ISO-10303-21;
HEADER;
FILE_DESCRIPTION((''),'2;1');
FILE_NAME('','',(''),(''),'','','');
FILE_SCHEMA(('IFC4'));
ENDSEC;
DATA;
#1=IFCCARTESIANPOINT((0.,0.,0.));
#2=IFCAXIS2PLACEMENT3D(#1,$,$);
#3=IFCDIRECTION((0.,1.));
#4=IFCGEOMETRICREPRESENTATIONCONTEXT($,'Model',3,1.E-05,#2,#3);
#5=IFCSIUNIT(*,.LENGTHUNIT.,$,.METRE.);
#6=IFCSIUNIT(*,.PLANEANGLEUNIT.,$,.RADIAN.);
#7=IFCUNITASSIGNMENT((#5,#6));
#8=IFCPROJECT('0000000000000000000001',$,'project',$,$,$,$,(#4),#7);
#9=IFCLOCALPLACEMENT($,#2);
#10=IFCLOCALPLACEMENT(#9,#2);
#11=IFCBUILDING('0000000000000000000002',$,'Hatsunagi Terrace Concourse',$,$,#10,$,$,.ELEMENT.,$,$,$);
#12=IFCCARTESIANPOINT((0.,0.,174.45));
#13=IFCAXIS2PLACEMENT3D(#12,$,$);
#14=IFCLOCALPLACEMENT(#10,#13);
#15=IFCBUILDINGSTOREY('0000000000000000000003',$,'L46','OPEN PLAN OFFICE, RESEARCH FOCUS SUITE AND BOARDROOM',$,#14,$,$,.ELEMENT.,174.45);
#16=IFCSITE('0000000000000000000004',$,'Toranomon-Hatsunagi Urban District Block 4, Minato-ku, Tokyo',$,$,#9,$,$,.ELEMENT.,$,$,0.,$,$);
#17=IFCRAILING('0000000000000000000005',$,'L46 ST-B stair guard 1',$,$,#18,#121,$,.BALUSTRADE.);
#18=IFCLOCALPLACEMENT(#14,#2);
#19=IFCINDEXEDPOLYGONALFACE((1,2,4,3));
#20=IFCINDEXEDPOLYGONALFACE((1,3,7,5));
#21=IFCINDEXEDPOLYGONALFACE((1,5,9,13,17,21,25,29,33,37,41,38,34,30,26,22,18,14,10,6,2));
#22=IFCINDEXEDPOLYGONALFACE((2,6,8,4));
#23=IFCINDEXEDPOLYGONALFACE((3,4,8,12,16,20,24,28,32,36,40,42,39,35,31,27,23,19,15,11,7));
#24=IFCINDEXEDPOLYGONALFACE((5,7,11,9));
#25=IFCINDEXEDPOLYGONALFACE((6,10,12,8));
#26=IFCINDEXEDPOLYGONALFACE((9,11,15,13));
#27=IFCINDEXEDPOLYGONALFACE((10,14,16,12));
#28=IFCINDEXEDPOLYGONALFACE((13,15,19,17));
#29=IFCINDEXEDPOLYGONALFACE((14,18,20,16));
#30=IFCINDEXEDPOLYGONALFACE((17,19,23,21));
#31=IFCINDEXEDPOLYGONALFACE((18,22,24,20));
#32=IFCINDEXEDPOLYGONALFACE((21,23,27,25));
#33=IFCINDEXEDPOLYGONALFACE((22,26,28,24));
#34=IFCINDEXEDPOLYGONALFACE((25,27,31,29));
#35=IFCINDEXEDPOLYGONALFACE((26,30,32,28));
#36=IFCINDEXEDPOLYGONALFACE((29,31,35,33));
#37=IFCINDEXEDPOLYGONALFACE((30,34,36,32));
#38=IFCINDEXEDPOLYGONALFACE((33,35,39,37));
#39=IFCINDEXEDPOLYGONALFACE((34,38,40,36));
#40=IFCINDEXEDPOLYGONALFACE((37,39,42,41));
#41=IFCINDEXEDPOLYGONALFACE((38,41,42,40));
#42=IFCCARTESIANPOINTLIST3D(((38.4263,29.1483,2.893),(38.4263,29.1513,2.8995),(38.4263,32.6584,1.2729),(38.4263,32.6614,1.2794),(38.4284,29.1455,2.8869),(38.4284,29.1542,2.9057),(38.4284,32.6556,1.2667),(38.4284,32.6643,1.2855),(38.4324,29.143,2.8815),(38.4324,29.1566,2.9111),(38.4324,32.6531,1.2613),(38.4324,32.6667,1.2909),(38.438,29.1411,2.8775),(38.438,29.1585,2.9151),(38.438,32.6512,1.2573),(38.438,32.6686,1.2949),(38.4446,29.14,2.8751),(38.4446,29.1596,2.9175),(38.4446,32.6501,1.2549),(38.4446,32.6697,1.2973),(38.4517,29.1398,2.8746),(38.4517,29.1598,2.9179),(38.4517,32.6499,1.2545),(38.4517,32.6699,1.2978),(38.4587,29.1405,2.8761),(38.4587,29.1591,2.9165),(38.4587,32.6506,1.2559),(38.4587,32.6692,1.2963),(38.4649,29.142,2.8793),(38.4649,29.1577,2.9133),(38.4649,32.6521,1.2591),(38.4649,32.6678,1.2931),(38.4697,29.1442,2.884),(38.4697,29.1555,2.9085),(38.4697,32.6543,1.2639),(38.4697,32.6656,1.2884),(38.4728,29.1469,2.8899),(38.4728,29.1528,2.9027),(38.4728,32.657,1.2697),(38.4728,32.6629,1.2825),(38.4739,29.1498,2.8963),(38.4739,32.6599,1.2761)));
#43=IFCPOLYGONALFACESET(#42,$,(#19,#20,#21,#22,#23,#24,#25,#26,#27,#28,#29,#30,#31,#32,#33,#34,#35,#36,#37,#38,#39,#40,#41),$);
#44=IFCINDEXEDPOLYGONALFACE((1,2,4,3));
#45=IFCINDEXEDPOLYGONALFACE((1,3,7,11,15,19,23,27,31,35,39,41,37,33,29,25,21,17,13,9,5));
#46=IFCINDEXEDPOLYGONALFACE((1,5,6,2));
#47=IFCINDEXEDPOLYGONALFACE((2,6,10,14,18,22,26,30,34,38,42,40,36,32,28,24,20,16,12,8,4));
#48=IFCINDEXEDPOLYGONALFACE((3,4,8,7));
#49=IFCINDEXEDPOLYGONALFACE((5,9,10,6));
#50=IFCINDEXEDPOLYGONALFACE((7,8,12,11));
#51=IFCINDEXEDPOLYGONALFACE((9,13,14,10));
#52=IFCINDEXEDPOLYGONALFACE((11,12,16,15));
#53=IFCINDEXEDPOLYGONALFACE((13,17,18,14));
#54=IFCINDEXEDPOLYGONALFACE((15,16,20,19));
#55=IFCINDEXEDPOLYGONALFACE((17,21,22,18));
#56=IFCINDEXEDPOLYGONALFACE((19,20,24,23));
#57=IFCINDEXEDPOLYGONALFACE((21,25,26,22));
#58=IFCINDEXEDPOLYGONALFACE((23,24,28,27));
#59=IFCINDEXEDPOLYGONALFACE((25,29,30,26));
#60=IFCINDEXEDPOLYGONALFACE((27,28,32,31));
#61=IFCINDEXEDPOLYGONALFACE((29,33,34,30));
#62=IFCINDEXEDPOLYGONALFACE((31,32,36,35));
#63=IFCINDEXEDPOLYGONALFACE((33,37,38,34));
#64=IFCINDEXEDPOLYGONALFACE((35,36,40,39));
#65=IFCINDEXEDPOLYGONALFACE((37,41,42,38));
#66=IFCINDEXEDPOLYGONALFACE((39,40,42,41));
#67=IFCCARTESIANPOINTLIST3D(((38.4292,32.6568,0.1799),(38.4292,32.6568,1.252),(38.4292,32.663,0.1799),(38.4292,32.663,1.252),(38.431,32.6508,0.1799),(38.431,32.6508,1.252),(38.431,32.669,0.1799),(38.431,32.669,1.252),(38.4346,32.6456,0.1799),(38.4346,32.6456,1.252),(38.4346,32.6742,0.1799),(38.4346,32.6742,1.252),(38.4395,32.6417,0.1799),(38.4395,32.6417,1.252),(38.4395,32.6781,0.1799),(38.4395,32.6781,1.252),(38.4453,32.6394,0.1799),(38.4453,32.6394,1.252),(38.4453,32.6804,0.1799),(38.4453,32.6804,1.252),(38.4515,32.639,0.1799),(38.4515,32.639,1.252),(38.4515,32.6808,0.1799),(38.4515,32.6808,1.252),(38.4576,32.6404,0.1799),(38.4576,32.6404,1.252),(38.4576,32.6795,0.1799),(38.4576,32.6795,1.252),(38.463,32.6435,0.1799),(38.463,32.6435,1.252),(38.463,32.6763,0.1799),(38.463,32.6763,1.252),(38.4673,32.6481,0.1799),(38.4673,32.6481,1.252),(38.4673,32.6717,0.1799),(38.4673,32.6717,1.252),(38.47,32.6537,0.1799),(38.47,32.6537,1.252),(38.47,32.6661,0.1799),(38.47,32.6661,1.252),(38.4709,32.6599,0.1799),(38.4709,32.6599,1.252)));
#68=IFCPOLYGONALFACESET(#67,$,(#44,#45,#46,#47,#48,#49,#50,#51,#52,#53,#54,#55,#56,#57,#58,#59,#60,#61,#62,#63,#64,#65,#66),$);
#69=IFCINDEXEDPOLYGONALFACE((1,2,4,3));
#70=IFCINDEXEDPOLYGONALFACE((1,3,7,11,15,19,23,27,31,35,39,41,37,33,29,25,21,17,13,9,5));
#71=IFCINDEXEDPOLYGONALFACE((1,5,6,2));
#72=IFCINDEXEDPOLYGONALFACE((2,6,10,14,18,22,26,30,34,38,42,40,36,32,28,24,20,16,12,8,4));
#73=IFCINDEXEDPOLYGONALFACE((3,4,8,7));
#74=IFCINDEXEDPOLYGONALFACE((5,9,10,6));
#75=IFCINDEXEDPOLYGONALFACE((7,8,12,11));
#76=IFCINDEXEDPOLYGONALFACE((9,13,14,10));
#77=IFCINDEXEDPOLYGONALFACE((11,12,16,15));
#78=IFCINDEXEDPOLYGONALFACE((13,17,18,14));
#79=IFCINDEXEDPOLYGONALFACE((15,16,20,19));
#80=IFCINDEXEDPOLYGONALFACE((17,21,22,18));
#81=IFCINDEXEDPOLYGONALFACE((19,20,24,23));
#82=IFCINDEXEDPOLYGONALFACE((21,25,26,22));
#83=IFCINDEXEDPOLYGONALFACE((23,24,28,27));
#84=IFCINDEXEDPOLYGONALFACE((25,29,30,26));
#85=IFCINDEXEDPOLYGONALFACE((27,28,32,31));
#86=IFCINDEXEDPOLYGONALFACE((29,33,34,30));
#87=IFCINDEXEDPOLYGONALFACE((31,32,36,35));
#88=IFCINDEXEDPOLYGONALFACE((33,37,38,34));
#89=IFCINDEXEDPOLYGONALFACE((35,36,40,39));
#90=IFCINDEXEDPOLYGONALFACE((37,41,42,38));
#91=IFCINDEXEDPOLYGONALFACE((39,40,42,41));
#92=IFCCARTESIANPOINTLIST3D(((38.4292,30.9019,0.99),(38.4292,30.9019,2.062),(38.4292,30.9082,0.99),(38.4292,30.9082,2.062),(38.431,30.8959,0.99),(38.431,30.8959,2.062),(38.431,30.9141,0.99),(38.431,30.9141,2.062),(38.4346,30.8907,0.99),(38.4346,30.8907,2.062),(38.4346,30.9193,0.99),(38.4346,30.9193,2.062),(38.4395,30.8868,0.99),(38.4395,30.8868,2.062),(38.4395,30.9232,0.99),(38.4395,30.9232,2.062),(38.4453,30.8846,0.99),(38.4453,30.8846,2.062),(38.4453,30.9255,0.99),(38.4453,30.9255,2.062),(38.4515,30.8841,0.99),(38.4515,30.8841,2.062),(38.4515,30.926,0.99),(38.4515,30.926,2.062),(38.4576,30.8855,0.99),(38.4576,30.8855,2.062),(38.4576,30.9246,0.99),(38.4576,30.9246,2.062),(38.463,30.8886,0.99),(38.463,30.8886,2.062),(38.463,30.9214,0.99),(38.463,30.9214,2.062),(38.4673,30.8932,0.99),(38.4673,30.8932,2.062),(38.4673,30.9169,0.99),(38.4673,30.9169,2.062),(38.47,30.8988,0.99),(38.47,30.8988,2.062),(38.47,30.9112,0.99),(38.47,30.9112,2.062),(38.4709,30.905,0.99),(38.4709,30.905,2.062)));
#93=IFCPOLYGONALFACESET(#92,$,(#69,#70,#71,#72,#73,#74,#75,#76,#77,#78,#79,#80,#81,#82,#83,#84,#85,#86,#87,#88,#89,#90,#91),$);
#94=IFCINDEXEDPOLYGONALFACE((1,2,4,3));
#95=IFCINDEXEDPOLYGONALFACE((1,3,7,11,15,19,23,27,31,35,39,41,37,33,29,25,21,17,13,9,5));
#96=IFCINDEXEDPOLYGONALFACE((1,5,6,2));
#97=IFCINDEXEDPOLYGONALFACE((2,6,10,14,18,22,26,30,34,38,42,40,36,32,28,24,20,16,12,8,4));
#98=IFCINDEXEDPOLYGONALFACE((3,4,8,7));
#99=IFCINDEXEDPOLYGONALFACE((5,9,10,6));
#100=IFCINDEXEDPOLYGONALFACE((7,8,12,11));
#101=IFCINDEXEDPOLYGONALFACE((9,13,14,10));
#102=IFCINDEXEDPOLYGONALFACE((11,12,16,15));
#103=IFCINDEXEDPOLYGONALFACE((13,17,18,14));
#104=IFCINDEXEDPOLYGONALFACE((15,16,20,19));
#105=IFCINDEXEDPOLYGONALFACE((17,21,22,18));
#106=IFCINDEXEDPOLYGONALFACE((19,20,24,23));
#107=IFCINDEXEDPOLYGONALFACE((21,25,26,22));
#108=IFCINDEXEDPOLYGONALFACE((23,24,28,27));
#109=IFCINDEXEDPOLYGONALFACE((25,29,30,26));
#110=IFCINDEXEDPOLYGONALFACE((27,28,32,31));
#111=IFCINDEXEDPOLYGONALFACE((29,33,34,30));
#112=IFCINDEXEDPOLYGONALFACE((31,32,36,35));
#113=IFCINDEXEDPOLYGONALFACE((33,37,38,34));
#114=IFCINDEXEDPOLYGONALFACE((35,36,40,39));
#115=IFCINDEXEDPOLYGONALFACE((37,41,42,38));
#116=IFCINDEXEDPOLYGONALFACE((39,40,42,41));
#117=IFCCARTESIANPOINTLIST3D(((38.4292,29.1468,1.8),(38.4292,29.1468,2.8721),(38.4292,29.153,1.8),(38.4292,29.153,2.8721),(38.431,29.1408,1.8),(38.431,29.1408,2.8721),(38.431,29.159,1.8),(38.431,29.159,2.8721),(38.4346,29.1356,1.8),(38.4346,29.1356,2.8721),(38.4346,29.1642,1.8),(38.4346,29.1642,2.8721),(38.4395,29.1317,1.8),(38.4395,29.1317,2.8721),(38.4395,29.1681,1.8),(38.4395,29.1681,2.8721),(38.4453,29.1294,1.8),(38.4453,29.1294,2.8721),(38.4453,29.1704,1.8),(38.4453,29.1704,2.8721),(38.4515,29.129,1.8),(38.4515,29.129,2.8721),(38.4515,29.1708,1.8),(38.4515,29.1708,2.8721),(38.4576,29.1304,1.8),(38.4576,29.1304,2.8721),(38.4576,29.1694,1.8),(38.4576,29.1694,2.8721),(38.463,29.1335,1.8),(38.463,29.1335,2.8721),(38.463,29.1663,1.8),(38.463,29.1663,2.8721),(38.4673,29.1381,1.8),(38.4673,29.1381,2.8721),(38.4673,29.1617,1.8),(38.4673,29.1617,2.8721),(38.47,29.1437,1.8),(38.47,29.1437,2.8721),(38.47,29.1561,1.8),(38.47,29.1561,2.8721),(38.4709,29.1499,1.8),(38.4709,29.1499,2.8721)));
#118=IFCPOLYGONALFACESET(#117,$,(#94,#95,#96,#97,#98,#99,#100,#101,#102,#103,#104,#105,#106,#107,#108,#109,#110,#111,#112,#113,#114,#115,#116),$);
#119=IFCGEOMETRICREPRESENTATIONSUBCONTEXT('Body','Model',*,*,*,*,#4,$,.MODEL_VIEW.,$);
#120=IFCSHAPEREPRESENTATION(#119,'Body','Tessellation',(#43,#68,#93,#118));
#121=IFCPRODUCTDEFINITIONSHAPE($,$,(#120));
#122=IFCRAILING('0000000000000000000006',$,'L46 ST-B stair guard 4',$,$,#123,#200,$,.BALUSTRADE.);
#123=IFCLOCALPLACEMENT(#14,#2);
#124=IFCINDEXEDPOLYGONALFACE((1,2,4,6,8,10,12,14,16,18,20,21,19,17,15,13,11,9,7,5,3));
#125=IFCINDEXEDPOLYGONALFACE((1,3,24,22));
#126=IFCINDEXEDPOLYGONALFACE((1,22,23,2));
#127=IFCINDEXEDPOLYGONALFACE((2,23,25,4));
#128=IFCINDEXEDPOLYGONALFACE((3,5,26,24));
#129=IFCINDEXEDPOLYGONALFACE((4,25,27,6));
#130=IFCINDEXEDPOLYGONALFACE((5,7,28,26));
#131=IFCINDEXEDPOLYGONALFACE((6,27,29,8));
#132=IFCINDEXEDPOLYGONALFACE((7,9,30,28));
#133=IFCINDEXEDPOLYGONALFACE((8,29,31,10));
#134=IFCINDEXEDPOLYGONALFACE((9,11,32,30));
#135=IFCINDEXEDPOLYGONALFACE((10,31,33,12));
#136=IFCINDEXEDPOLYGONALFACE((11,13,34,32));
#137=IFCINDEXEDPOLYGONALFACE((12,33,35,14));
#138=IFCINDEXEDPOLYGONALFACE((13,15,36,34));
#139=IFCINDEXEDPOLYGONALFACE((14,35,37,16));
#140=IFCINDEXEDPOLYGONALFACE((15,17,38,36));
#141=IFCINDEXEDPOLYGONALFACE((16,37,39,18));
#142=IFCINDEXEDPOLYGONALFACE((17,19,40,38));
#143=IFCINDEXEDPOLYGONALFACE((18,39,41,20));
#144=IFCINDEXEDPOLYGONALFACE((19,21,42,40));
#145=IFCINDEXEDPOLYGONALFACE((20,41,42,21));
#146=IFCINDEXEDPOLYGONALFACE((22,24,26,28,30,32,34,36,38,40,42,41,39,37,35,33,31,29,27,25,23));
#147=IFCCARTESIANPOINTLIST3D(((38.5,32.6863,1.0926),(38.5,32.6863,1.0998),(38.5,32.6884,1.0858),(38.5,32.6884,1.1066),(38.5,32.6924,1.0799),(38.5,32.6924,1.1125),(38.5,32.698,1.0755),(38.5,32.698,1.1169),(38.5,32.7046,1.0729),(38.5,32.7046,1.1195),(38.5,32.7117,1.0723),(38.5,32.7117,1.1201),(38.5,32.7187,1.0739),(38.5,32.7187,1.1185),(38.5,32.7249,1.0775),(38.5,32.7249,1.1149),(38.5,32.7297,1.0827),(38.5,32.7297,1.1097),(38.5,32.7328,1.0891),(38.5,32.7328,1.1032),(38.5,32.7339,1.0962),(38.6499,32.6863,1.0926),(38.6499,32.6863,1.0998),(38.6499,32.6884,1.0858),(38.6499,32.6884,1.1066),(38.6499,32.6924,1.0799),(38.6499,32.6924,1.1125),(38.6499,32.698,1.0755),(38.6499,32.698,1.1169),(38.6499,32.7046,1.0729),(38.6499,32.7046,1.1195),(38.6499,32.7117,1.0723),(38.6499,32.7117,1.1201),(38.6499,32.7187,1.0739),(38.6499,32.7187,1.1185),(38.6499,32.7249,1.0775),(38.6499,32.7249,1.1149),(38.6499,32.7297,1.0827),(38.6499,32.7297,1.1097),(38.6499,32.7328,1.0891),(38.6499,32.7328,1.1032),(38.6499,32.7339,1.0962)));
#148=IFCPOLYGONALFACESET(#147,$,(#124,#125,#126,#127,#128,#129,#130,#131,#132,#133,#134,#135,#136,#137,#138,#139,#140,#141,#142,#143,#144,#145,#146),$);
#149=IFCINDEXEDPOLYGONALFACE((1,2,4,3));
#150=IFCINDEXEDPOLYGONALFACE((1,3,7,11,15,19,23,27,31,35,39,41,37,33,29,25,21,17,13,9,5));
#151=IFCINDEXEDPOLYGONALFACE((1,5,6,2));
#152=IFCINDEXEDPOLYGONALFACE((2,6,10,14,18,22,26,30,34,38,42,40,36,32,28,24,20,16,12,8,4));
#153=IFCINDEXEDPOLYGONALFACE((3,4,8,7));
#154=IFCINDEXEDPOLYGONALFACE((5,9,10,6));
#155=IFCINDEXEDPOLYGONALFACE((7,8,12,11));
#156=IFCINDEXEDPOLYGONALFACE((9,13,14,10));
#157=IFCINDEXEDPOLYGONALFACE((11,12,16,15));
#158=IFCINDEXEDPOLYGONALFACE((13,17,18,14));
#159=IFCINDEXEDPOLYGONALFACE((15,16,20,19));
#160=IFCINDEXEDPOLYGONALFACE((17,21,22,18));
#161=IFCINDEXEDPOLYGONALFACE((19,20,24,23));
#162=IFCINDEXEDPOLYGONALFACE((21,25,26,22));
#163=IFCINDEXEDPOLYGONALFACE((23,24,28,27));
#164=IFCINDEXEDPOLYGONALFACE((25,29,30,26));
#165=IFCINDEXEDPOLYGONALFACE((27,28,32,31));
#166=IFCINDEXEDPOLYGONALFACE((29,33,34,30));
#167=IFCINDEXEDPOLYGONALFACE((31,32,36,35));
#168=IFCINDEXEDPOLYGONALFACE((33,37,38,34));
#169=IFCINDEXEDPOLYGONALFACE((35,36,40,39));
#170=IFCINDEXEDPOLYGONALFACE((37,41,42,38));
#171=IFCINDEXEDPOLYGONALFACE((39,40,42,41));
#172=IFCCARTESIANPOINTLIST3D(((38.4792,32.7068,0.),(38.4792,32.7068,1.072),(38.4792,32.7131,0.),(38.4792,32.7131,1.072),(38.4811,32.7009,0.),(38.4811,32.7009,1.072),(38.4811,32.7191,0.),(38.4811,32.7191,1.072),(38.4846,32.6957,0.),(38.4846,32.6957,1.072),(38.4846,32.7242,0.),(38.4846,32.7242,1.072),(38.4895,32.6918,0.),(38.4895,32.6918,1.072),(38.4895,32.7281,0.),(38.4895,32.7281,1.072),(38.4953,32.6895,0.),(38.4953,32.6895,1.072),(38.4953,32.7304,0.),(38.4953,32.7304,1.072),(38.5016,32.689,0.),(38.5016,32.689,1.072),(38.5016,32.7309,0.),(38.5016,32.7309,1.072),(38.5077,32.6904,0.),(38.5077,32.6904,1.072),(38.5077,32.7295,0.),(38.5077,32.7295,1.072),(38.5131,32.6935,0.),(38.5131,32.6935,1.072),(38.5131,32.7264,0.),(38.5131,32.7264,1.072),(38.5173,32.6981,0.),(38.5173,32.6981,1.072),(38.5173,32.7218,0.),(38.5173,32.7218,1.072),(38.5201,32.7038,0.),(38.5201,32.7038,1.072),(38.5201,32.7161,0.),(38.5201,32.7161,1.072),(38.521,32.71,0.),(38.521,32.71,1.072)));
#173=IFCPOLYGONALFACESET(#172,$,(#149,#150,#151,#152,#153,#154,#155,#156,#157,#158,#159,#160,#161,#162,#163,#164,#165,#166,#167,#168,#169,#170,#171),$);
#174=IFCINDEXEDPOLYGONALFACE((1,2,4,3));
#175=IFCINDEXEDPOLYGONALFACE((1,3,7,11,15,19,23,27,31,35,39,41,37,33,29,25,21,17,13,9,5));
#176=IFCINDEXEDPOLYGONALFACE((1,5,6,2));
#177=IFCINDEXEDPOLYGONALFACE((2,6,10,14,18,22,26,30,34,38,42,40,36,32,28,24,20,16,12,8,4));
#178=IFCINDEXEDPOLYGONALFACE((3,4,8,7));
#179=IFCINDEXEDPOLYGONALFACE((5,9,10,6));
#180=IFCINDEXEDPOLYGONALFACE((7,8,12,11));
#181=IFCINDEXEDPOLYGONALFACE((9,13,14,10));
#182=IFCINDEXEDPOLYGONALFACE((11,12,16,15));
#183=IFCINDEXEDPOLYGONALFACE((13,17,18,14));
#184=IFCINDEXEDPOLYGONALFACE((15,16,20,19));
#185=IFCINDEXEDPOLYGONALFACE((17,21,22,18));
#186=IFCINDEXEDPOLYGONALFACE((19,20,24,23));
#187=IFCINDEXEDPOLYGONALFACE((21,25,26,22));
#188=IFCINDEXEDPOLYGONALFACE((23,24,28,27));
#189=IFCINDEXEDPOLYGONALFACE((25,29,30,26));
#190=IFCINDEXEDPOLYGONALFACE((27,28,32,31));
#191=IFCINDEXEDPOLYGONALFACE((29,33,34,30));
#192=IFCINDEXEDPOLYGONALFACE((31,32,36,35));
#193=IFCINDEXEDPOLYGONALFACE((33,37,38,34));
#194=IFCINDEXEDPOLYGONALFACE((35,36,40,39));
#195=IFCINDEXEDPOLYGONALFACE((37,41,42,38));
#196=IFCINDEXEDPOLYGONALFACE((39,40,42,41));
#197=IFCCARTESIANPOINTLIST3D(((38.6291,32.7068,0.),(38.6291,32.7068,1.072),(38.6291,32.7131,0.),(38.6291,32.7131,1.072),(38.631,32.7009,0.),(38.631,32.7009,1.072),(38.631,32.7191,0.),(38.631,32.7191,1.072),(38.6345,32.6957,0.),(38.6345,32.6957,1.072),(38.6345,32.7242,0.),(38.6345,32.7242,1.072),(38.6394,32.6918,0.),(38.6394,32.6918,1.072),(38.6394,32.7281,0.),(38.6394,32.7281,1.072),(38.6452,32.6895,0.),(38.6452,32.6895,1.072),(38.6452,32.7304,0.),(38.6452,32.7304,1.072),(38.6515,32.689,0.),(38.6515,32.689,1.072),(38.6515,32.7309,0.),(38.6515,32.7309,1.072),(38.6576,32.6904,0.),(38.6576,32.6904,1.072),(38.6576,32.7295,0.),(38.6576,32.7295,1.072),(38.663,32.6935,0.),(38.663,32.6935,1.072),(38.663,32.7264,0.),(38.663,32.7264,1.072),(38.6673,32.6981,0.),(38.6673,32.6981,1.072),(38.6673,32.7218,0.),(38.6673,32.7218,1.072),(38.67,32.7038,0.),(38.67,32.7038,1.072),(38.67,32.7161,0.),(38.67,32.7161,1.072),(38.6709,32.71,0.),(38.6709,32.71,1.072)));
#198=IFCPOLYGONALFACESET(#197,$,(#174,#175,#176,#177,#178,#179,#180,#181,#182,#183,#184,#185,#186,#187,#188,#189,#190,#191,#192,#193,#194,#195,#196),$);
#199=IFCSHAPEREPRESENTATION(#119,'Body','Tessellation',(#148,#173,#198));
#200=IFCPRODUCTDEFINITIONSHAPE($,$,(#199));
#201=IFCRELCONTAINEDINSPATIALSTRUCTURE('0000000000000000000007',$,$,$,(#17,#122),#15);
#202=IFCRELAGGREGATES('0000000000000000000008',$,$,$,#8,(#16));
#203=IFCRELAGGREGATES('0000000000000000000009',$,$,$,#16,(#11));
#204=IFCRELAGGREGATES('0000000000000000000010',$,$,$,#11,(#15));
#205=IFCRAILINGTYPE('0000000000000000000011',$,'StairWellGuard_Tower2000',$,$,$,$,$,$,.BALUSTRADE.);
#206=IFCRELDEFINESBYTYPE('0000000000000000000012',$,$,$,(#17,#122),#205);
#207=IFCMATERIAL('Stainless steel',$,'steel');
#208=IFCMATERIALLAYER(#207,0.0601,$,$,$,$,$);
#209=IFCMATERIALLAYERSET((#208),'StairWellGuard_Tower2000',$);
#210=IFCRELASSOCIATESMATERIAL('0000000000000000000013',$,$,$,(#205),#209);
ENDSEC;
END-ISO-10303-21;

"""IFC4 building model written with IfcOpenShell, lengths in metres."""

from ifc_helpers import new_model, si_unit, direction, frame, origin, origin_2d, place, context, subcontext, project, spatial, circle, extrude, material, layer, layer_set, type_object, element, save


model = new_model("IFC4")

# Units and contexts
model_context = context("Model", 3, precision=1e-05, world=origin(), true_north=direction((0.0, 1.0)))
body_context = subcontext(model_context, "Body", "Model", "MODEL_VIEW")
ifc_project = project(units=[si_unit("LENGTHUNIT", "METRE"), si_unit("PLANEANGLEUNIT", "RADIAN")], contexts=[model_context])

# Site, building, storey
site_placement = place(None, origin())
site = spatial("IfcSite", under=ifc_project, at=site_placement, Name="Toranomon-Hatsunagi Urban District Block 4, Minato-ku, Tokyo", CompositionType="ELEMENT", RefElevation=0.0)
building_placement = place(site_placement, origin())
building = spatial("IfcBuilding", under=site, at=building_placement, Name="Hatsunagi Terrace Concourse", CompositionType="ELEMENT")
storey_placement = place(building_placement, frame((0.0, 0.0, 174.45)))
storey = spatial("IfcBuildingStorey", under=building, at=storey_placement, Name="L46", Description="OPEN PLAN OFFICE, RESEARCH FOCUS SUITE AND BOARDROOM", CompositionType="ELEMENT", Elevation=174.45)

# Railings
ifc_material_1 = material(Name="Stainless steel", Category="steel")
ifc_layer_1 = layer(ifc_material_1, 0.0601)
ifc_layer_set_1 = layer_set([ifc_layer_1], Name="StairWellGuard_Tower2000")
railing_type_1 = type_object("IfcRailingType", Name="StairWellGuard_Tower2000", PredefinedType="BALUSTRADE", material=ifc_layer_set_1)
railing_1_placement = place(storey_placement, frame((38.45, 32.6599, 0.1799)))
element("IfcRailing", 1, at=railing_1_placement, inside=storey, type_object=railing_type_1, Name="L46 ST-B stair guard 1", PredefinedType="BALUSTRADE", context=body_context, shape_type="SweptSolid", body=[
    extrude(circle(Radius=0.0239, at=origin_2d()), frame((0.0, 0.0, 1.0962), z_axis=(0.0, -0.907948, 0.419082), x_axis=(1.0, 0.0, 0.0)), (0.0, 0.0, 1.0), 3.866),
    extrude(circle(Radius=0.021, at=origin_2d()), origin(), (0.0, 0.0, 1.0), 1.072),
    extrude(circle(Radius=0.021, at=origin_2d()), frame((0.0, -1.7549, 0.8101)), (0.0, 0.0, 1.0), 1.072),
    extrude(circle(Radius=0.021, at=origin_2d()), frame((0.0, -3.51, 1.6201)), (0.0, 0.0, 1.0), 1.072),
])
railing_2_placement = place(storey_placement, frame((38.5, 32.71, 0.0)))
element("IfcRailing", 2, at=railing_2_placement, inside=storey, type_object=railing_type_1, Name="L46 ST-B stair guard 4", PredefinedType="BALUSTRADE", context=body_context, shape_type="SweptSolid", body=[
    extrude(circle(Radius=0.0239, at=origin_2d()), frame((0.0, 0.0, 1.0962), z_axis=(1.0, 0.0, 0.0), x_axis=(0.0, 1.0, 0.0)), (0.0, 0.0, 1.0), 0.1499),
    extrude(circle(Radius=0.021, at=origin_2d()), origin(), (0.0, 0.0, 1.0), 1.072),
    extrude(circle(Radius=0.021, at=origin_2d()), frame((0.1499, 0.0, 0.0)), (0.0, 0.0, 1.0), 1.072),
])

save(model, "model.ifc")
